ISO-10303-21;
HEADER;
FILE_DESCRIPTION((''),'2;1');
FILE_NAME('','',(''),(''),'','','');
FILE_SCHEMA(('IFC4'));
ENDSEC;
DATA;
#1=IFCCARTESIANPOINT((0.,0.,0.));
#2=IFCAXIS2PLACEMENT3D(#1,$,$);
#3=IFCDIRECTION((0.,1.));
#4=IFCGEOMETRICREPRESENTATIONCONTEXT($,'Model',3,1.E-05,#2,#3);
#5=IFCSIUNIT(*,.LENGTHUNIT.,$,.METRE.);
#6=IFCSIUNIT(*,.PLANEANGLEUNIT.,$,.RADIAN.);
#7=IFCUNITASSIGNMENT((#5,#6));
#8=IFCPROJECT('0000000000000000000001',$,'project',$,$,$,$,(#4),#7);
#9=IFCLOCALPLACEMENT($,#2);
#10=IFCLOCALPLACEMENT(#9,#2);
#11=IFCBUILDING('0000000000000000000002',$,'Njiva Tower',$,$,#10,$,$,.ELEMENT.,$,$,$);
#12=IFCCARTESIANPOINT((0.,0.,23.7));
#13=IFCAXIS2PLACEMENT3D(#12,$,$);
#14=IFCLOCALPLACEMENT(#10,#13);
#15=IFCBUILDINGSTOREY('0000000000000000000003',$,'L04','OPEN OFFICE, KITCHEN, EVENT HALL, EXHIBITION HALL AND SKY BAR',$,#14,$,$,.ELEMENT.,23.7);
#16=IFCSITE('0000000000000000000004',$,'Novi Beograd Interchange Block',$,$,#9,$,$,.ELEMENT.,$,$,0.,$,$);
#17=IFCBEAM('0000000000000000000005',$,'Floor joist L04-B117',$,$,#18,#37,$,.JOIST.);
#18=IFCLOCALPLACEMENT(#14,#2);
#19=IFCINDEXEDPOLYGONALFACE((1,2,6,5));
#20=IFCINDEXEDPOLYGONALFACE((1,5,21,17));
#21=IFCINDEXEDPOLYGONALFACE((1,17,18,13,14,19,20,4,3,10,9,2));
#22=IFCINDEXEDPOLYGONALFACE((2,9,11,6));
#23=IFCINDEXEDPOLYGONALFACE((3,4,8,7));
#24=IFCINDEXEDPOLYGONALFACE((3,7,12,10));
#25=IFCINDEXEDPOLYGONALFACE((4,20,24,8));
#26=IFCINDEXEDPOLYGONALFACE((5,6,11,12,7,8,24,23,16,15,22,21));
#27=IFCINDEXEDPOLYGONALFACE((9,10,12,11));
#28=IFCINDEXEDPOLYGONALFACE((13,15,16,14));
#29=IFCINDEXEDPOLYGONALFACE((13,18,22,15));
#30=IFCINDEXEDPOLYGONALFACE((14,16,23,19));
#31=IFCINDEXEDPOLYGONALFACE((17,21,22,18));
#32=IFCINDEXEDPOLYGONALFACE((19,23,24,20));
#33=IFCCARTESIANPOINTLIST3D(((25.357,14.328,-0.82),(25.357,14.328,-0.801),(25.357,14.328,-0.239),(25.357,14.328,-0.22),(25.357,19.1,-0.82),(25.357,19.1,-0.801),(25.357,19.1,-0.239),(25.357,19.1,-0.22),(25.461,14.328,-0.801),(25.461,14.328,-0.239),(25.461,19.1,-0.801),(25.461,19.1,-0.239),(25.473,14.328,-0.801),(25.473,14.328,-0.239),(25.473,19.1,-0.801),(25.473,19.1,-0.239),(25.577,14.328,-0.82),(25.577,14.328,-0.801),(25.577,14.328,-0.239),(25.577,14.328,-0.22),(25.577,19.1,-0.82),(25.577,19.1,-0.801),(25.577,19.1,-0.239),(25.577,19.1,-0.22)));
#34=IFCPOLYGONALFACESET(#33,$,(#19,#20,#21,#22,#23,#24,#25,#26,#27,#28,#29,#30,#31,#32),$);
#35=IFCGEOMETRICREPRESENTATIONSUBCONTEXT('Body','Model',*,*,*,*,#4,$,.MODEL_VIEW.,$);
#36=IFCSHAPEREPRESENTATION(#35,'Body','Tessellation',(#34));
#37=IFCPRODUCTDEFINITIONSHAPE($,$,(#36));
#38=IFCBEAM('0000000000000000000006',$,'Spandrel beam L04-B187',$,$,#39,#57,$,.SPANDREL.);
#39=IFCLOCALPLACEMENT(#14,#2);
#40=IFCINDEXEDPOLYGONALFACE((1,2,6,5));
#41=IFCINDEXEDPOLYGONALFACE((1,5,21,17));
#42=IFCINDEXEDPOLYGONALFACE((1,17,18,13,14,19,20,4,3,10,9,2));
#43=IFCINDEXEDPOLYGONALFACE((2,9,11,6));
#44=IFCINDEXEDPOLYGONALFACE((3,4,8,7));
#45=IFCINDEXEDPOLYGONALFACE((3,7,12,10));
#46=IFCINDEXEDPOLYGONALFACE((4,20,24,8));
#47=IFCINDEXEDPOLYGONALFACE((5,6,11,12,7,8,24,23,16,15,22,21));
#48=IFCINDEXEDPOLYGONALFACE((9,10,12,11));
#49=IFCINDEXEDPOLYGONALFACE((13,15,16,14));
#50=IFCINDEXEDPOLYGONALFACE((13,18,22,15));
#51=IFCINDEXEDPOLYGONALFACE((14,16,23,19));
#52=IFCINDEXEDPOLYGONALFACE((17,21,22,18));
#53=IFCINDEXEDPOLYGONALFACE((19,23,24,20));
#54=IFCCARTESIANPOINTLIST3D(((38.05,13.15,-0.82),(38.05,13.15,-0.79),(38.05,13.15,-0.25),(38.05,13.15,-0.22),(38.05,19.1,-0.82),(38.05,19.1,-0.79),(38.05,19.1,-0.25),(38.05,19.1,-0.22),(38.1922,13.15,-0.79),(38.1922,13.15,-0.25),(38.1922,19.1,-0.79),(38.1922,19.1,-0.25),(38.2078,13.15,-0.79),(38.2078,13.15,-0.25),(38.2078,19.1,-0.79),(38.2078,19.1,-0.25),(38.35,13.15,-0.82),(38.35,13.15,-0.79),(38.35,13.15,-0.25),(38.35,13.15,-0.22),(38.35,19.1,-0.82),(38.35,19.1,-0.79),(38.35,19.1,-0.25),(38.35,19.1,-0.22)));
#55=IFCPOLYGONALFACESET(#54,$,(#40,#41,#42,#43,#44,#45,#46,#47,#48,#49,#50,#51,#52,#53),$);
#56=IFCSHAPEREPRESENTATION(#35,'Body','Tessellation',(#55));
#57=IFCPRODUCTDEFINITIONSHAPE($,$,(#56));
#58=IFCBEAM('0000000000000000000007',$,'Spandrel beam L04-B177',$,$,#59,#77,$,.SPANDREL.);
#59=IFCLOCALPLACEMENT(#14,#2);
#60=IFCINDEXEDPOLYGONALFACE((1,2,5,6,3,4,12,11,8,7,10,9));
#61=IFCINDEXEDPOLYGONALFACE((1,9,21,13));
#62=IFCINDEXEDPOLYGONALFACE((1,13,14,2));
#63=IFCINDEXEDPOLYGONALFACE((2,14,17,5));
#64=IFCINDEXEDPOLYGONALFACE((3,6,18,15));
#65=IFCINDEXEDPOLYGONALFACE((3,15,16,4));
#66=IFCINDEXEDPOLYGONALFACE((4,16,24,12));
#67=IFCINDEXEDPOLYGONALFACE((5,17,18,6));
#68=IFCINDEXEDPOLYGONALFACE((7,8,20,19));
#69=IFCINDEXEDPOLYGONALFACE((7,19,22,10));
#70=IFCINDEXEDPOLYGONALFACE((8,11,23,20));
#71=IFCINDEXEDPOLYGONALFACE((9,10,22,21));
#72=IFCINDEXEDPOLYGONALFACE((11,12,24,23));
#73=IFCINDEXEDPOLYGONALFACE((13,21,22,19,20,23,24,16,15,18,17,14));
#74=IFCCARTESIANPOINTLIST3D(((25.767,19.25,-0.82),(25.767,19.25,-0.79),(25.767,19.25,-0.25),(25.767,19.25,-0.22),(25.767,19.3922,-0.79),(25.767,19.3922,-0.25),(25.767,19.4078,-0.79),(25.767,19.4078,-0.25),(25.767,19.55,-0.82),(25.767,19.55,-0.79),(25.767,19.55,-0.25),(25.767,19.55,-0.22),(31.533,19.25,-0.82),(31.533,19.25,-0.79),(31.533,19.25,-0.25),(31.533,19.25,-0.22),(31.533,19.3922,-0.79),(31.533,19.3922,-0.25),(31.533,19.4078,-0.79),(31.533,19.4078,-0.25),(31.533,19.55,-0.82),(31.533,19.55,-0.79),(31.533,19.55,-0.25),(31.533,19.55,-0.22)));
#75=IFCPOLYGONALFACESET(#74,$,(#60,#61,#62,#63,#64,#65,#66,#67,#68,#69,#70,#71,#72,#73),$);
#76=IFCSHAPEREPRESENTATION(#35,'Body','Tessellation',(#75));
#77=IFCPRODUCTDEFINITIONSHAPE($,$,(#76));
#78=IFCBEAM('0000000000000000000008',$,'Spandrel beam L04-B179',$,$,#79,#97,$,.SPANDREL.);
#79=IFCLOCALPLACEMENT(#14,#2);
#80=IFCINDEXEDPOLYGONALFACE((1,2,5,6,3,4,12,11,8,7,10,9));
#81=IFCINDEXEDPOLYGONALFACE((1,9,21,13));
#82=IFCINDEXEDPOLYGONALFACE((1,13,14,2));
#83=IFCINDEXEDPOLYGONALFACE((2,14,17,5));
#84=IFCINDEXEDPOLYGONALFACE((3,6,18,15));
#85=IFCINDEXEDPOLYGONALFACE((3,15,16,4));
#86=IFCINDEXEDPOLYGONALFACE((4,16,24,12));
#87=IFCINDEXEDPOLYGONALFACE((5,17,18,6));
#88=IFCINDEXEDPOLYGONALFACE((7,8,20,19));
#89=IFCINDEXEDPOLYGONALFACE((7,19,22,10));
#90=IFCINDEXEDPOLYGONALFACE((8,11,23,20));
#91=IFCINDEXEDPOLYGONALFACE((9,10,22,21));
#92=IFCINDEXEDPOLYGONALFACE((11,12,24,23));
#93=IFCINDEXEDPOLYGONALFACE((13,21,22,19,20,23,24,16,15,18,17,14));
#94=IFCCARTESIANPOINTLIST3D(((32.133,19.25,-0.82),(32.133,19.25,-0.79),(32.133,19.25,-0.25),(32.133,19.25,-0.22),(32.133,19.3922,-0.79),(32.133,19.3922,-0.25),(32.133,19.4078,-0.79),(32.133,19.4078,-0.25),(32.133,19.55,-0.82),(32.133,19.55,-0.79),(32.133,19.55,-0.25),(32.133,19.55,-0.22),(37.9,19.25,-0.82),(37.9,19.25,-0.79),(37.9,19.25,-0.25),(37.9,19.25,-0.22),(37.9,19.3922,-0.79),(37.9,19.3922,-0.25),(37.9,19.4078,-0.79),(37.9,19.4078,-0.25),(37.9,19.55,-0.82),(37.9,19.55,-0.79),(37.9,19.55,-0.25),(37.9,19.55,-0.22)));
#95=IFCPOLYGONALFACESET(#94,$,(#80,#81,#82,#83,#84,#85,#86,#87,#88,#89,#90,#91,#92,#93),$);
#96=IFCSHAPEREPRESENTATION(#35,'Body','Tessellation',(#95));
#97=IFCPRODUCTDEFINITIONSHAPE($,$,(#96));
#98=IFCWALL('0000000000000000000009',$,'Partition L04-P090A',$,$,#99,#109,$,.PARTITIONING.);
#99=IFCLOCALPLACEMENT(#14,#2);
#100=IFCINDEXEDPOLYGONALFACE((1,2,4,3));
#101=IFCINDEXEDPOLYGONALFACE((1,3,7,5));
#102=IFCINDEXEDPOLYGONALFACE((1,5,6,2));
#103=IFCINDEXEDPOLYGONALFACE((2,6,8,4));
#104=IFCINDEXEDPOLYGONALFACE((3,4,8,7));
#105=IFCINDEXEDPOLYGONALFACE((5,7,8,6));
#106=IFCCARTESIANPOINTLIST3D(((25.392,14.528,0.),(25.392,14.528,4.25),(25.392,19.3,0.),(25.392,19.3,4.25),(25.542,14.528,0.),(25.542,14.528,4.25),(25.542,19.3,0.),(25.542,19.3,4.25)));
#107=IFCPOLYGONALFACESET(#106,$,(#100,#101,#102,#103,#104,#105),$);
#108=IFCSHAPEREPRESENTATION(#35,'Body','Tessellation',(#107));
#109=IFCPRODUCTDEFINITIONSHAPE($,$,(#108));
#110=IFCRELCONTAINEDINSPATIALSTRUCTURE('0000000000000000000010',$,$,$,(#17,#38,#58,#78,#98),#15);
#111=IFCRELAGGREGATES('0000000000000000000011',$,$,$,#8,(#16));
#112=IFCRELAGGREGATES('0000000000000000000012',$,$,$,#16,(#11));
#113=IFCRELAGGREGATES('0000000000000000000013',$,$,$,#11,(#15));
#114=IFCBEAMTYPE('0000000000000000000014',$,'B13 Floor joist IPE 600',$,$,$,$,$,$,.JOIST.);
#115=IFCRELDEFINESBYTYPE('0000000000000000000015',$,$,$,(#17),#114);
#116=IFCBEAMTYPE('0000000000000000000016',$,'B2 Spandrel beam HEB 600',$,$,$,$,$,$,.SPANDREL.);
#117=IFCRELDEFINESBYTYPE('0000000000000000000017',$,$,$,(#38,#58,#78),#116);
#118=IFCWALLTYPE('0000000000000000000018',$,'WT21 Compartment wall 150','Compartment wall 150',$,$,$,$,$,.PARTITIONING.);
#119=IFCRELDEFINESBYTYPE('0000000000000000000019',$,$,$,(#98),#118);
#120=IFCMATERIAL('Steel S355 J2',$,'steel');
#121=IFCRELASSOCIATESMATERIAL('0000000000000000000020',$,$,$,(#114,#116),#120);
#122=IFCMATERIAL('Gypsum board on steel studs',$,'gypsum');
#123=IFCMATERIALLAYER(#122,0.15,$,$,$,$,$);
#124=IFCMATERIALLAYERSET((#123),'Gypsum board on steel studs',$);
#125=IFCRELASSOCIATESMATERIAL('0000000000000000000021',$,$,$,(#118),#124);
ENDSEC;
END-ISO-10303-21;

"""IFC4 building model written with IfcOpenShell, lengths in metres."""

from ifc_helpers import new_model, si_unit, direction, frame, frame_2d, origin, origin_2d, place, context, subcontext, project, spatial, rectangle, i_section, extrude, material, layer, layer_set, material_profile, profile_set, type_object, element, save


model = new_model("IFC4")

# Units and contexts
model_context = context("Model", 3, precision=1e-05, world=origin(), true_north=direction((0.0, 1.0)))
body_context = subcontext(model_context, "Body", "Model", "MODEL_VIEW")
ifc_project = project(units=[si_unit("LENGTHUNIT", "METRE"), si_unit("PLANEANGLEUNIT", "RADIAN")], contexts=[model_context])

# Site, building, storey
site_placement = place(None, origin())
site = spatial("IfcSite", under=ifc_project, at=site_placement, Name="Novi Beograd Interchange Block", CompositionType="ELEMENT", RefElevation=0.0)
building_placement = place(site_placement, origin())
building = spatial("IfcBuilding", under=site, at=building_placement, Name="Njiva Tower", CompositionType="ELEMENT")
storey_placement = place(building_placement, frame((0.0, 0.0, 23.7)))
storey = spatial("IfcBuildingStorey", under=building, at=storey_placement, Name="L04", Description="OPEN OFFICE, KITCHEN, EVENT HALL, EXHIBITION HALL AND SKY BAR", CompositionType="ELEMENT", Elevation=23.7)

# Shared definitions
ifc_material_1 = material(Name="Steel S355 J2", Category="steel")

# Beams
ifc_material_profile_1 = material_profile(ifc_material_1, i_section(OverallWidth=0.22, OverallDepth=0.6, WebThickness=0.012, FlangeThickness=0.019, at=origin_2d()), Name="IPE 600")
ifc_profile_set_1 = profile_set([ifc_material_profile_1], Name="Steel S355 J2")
beam_type_1 = type_object("IfcBeamType", Name="B13 Floor joist IPE 600", PredefinedType="JOIST", material=ifc_profile_set_1)
beam_1_placement = place(storey_placement, frame((25.467, 19.1, -0.52), z_axis=(0.0, -1.0, 0.0), x_axis=(1.0, 0.0, 0.0)))
element("IfcBeam", 1, at=beam_1_placement, inside=storey, type_object=beam_type_1, Name="Floor joist L04-B117", PredefinedType="JOIST", context=body_context, shape_type="SweptSolid", body=[
    extrude(i_section(OverallWidth=0.22, OverallDepth=0.6, WebThickness=0.012, FlangeThickness=0.019, at=origin_2d()), origin(), (0.0, 0.0, 1.0), 4.772),
])
ifc_material_profile_2 = material_profile(ifc_material_1, i_section(OverallWidth=0.3, OverallDepth=0.6, WebThickness=0.0155, FlangeThickness=0.03, at=origin_2d()), Name="HEB 600")
ifc_profile_set_2 = profile_set([ifc_material_profile_2], Name="Steel S355 J2")
beam_type_2 = type_object("IfcBeamType", Name="B2 Spandrel beam HEB 600", PredefinedType="SPANDREL", material=ifc_profile_set_2)
beam_2_placement = place(storey_placement, frame((38.2, 13.15, -0.52), z_axis=(0.0, 1.0, 0.0), x_axis=(-1.0, 0.0, 0.0)))
element("IfcBeam", 2, at=beam_2_placement, inside=storey, type_object=beam_type_2, Name="Spandrel beam L04-B187", PredefinedType="SPANDREL", context=body_context, shape_type="SweptSolid", body=[
    extrude(i_section(OverallWidth=0.3, OverallDepth=0.6, WebThickness=0.0155, FlangeThickness=0.03, at=origin_2d()), origin(), (0.0, 0.0, 1.0), 5.95),
])
beam_3_placement = place(storey_placement, frame((25.767, 19.4, -0.52), z_axis=(1.0, 0.0, 0.0), x_axis=(0.0, 1.0, 0.0)))
element("IfcBeam", 3, at=beam_3_placement, inside=storey, type_object=beam_type_2, Name="Spandrel beam L04-B177", PredefinedType="SPANDREL", context=body_context, shape_type="SweptSolid", body=[
    extrude(i_section(OverallWidth=0.3, OverallDepth=0.6, WebThickness=0.0155, FlangeThickness=0.03, at=origin_2d()), origin(), (0.0, 0.0, 1.0), 5.766),
])
beam_4_placement = place(storey_placement, frame((32.133, 19.4, -0.52), z_axis=(1.0, 0.0, 0.0), x_axis=(0.0, 1.0, 0.0)))
element("IfcBeam", 4, at=beam_4_placement, inside=storey, type_object=beam_type_2, Name="Spandrel beam L04-B179", PredefinedType="SPANDREL", context=body_context, shape_type="SweptSolid", body=[
    extrude(i_section(OverallWidth=0.3, OverallDepth=0.6, WebThickness=0.0155, FlangeThickness=0.03, at=origin_2d()), origin(), (0.0, 0.0, 1.0), 5.767),
])

# Wall
ifc_material_2 = material(Name="Gypsum board on steel studs", Category="gypsum")
ifc_layer_1 = layer(ifc_material_2, 0.15)
ifc_layer_set_1 = layer_set([ifc_layer_1], Name="Gypsum board on steel studs")
wall_type_1 = type_object("IfcWallType", Name="WT21 Compartment wall 150", Description="Compartment wall 150", PredefinedType="PARTITIONING", material=ifc_layer_set_1)
wall_1_placement = place(storey_placement, frame((25.467, 14.528, 0.0), z_axis=(0.0, 0.0, 1.0), x_axis=(0.0, 1.0, 0.0)))
element("IfcWall", 5, at=wall_1_placement, inside=storey, type_object=wall_type_1, Name="Partition L04-P090A", PredefinedType="PARTITIONING", context=body_context, shape_type="SweptSolid", body=[
    extrude(rectangle(XDim=4.772, YDim=0.15, at=frame_2d((2.386, 0.0))), origin(), (0.0, 0.0, 1.0), 4.25),
])

save(model, "model.ifc")
